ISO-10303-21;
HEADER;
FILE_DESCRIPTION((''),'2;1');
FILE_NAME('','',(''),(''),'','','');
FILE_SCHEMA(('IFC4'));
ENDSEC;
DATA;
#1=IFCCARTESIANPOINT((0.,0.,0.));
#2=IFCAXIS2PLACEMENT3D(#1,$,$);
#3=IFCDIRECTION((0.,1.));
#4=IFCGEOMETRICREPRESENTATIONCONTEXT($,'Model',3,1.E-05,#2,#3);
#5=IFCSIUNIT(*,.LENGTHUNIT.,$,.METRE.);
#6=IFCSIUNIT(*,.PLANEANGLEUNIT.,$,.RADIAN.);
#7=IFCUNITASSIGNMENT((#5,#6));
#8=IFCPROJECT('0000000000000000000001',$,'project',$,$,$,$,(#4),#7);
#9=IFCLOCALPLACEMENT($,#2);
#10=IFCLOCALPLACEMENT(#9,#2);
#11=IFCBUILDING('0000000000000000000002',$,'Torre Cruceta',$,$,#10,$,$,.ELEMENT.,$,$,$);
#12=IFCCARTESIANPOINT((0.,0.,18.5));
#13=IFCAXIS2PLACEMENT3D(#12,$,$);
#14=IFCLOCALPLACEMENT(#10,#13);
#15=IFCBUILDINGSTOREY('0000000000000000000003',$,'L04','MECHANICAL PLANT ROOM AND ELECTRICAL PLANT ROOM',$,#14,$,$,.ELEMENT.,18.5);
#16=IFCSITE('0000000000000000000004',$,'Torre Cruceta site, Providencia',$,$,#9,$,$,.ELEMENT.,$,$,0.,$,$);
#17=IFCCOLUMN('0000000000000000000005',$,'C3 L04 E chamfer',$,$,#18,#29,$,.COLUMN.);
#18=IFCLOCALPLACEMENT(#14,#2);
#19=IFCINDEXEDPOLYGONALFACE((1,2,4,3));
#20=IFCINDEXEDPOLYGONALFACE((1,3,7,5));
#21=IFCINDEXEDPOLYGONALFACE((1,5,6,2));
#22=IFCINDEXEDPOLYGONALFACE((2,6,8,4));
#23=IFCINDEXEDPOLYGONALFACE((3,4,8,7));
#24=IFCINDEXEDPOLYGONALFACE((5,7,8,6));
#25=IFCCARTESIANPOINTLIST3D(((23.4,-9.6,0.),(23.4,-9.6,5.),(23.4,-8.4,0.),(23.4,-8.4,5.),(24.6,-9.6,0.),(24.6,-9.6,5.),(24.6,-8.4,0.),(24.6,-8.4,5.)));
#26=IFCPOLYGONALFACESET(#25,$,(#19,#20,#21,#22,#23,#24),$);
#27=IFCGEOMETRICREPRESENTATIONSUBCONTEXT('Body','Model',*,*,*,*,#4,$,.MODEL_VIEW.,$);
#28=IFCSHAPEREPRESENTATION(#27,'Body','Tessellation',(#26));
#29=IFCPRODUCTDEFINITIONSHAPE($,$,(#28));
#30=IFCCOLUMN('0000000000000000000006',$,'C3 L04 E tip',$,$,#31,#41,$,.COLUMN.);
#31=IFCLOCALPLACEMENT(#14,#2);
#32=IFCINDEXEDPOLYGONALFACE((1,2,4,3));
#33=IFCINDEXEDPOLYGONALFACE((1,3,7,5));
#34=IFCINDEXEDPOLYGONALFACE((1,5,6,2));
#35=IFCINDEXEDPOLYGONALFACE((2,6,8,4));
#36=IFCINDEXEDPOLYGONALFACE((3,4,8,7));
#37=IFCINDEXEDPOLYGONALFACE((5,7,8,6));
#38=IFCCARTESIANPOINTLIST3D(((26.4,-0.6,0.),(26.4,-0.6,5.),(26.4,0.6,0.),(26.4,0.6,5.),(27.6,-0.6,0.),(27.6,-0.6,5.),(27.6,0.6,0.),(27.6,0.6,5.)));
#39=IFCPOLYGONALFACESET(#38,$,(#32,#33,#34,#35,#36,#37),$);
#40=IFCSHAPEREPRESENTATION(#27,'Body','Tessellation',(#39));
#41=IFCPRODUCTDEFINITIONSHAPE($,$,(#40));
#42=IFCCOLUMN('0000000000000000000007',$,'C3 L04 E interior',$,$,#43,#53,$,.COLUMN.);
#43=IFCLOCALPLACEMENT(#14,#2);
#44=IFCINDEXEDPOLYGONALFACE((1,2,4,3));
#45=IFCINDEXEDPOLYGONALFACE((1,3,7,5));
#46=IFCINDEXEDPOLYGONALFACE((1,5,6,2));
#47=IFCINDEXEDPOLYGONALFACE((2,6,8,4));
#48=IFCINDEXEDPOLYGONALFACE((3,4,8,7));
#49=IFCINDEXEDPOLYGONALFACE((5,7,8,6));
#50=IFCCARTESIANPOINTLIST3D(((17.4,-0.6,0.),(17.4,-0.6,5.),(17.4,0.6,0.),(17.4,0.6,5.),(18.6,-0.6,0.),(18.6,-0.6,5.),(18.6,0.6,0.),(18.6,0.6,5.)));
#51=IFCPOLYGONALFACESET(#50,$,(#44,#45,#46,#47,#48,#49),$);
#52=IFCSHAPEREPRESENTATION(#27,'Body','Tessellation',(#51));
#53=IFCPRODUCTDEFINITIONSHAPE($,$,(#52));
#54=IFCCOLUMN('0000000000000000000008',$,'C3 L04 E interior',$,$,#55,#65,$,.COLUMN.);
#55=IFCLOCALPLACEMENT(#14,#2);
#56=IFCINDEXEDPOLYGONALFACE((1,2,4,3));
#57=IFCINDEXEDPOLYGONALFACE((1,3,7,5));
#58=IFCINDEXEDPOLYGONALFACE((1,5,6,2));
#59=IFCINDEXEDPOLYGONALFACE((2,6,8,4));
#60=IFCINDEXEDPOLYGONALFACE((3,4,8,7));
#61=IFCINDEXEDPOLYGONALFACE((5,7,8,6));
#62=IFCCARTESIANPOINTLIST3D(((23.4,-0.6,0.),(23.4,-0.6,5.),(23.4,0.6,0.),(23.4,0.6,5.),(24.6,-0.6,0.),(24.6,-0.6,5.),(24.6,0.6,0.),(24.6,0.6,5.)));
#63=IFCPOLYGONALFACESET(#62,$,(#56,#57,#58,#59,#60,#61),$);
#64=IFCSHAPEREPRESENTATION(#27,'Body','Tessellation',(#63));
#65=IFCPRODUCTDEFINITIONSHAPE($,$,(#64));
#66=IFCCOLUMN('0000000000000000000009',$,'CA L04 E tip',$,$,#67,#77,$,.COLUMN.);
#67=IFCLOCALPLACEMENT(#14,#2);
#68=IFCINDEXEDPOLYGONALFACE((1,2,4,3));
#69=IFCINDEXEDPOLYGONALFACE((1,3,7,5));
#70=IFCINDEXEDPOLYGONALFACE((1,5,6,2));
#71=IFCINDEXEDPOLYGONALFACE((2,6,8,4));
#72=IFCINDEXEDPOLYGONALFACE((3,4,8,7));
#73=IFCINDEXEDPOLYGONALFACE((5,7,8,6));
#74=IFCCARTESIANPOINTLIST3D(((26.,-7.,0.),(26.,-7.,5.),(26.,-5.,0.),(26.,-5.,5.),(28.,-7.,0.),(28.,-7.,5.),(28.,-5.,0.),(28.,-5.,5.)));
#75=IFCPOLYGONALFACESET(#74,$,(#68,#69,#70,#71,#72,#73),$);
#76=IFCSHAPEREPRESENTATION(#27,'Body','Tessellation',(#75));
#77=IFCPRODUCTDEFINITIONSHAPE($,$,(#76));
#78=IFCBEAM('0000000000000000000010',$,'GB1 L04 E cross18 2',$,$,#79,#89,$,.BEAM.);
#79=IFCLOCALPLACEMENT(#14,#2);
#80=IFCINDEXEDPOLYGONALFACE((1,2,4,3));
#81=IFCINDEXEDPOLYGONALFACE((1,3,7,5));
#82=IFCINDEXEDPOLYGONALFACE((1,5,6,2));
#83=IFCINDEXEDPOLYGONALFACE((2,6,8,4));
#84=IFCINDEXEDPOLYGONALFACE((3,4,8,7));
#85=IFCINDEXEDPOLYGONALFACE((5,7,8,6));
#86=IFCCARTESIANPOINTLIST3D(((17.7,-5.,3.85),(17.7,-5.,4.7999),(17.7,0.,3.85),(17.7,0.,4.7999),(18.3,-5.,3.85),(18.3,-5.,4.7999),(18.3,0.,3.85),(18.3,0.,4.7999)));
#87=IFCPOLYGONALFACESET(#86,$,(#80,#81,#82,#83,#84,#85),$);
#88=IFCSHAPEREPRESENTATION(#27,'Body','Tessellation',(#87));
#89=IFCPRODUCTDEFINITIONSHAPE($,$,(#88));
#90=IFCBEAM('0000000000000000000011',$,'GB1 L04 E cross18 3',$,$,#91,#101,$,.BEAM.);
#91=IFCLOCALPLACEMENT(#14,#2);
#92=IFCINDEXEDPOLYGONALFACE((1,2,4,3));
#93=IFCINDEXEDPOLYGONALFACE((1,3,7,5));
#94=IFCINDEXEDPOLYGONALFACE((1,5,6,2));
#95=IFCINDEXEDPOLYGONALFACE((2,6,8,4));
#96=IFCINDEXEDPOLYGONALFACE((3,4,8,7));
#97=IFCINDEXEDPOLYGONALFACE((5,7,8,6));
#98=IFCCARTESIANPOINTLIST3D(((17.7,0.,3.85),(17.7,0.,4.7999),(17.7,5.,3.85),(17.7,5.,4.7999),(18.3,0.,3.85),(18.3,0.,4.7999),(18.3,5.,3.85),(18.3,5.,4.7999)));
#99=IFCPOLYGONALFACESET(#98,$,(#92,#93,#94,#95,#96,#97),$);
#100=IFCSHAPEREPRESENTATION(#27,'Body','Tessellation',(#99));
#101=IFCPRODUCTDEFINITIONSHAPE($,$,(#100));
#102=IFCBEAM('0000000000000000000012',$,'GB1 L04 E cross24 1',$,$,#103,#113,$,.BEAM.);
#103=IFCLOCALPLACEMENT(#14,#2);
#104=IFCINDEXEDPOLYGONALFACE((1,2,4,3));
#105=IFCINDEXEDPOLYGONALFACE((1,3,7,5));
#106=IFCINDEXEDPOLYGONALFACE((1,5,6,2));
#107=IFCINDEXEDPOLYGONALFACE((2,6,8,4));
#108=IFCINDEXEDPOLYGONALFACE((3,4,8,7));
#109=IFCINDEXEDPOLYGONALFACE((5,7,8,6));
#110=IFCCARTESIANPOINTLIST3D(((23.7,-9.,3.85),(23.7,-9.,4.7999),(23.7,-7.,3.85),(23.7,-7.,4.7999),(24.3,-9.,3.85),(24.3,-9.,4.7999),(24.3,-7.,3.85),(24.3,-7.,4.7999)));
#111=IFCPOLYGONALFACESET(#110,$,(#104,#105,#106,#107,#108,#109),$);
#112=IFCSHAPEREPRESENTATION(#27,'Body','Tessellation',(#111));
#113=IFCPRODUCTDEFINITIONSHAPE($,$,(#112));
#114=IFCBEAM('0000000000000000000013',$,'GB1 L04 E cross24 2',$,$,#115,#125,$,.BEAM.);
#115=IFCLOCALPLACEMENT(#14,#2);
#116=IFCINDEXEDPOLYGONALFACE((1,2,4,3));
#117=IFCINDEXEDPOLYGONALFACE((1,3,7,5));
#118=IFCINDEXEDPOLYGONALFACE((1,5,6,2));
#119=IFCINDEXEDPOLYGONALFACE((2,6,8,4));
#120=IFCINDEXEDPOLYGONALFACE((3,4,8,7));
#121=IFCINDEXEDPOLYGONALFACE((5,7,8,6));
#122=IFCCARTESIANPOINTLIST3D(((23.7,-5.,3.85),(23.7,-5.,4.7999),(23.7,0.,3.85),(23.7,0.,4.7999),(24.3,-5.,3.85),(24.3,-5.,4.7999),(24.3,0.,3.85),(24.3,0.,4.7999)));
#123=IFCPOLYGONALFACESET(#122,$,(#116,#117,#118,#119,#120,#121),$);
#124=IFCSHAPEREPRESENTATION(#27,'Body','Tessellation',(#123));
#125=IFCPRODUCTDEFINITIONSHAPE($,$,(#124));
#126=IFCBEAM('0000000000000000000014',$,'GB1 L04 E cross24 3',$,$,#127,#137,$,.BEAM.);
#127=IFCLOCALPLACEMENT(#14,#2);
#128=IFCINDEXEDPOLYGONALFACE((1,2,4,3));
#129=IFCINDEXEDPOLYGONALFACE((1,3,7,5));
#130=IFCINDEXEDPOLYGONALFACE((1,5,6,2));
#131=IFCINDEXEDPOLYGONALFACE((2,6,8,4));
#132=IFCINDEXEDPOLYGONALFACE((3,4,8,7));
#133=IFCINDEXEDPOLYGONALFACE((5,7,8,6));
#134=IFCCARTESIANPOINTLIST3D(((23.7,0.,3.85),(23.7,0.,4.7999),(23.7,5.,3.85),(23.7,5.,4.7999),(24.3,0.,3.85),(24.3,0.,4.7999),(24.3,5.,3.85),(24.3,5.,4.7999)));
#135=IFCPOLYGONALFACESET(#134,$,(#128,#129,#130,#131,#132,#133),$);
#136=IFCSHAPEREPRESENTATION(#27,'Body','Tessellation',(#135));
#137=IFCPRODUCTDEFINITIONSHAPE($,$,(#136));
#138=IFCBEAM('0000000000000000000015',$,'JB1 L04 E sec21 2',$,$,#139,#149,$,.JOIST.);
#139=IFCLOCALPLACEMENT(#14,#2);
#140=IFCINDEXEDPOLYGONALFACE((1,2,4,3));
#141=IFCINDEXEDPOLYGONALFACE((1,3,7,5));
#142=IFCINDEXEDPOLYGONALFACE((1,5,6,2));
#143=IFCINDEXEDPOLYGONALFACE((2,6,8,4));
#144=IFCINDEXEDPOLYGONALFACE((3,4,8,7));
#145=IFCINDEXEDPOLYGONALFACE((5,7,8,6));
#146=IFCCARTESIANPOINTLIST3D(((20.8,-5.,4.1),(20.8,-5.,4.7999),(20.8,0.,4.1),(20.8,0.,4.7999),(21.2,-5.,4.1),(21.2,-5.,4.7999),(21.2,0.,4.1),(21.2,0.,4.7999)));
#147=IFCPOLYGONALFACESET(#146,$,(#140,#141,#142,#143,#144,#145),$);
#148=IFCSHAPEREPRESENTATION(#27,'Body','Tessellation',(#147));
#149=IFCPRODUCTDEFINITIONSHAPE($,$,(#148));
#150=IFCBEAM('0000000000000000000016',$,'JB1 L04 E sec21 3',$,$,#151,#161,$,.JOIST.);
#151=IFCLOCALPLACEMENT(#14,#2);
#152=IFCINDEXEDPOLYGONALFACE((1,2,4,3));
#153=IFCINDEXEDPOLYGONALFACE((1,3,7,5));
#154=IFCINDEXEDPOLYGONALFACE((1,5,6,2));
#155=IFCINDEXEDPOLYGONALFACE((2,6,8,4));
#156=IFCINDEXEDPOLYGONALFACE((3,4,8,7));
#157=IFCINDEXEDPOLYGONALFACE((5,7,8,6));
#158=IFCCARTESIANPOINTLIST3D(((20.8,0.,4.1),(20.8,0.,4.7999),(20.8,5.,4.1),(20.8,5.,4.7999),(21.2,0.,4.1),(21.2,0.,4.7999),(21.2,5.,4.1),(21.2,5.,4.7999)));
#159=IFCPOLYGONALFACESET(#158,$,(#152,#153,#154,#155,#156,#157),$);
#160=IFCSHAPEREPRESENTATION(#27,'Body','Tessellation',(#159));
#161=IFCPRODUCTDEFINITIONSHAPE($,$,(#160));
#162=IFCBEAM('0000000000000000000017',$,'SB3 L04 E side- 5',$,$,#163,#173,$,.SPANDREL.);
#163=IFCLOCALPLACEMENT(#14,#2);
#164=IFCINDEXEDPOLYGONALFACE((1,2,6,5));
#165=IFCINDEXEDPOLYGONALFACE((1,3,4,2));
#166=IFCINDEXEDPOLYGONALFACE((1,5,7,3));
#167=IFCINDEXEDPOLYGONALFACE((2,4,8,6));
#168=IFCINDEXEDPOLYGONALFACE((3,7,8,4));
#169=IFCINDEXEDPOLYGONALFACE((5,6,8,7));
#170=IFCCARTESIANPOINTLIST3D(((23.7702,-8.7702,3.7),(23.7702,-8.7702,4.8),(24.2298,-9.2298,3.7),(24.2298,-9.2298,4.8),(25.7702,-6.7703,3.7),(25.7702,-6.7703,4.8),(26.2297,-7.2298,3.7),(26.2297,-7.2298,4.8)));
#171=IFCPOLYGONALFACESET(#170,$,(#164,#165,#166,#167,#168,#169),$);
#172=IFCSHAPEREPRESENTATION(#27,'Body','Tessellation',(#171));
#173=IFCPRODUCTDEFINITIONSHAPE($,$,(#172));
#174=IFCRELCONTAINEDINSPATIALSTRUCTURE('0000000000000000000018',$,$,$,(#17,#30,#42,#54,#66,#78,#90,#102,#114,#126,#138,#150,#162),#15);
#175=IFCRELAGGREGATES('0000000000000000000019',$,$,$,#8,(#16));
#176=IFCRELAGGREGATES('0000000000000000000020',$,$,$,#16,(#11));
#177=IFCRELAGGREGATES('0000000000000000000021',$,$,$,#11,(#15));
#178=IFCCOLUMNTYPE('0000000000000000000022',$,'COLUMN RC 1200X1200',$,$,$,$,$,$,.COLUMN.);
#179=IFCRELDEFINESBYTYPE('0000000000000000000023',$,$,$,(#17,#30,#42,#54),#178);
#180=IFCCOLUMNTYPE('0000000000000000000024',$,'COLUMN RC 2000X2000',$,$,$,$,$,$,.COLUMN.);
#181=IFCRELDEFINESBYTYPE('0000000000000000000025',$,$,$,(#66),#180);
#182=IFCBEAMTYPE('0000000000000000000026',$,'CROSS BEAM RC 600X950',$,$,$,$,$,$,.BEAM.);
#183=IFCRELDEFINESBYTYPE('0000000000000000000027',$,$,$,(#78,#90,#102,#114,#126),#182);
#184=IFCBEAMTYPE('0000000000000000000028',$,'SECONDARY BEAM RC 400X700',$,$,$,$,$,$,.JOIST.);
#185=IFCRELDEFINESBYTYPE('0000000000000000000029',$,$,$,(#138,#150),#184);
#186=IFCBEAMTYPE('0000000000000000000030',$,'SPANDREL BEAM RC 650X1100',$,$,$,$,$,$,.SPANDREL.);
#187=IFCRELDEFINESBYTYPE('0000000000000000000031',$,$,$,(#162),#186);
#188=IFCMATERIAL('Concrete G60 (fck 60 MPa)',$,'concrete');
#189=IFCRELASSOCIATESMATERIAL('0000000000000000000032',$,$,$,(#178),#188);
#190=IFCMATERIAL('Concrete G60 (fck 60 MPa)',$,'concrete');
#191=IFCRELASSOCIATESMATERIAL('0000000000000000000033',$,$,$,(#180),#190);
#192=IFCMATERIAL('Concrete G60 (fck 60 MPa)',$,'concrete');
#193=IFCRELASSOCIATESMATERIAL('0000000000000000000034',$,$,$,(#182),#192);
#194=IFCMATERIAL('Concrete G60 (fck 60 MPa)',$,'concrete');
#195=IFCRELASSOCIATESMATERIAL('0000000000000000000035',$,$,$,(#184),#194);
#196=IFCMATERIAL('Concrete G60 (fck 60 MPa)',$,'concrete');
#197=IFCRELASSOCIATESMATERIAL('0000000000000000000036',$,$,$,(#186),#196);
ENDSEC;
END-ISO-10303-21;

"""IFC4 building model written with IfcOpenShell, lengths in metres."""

from ifc_helpers import new_model, si_unit, direction, frame, origin, origin_2d, place, context, subcontext, project, spatial, rectangle, extrude, material, material_profile, profile_set, type_object, element, save


model = new_model("IFC4")

# Units and contexts
model_context = context("Model", 3, precision=1e-05, world=origin(), true_north=direction((0.0, 1.0)))
body_context = subcontext(model_context, "Body", "Model", "MODEL_VIEW")
ifc_project = project(units=[si_unit("LENGTHUNIT", "METRE"), si_unit("PLANEANGLEUNIT", "RADIAN")], contexts=[model_context])

# Site, building, storey
site_placement = place(None, origin())
site = spatial("IfcSite", under=ifc_project, at=site_placement, Name="Torre Cruceta site, Providencia", CompositionType="ELEMENT", RefElevation=0.0)
building_placement = place(site_placement, origin())
building = spatial("IfcBuilding", under=site, at=building_placement, Name="Torre Cruceta", CompositionType="ELEMENT")
storey_placement = place(building_placement, frame((0.0, 0.0, 18.5)))
storey = spatial("IfcBuildingStorey", under=building, at=storey_placement, Name="L04", Description="MECHANICAL PLANT ROOM AND ELECTRICAL PLANT ROOM", CompositionType="ELEMENT", Elevation=18.5)

# Columns
ifc_material_1 = material(Name="Concrete G60 (fck 60 MPa)", Category="concrete")
ifc_material_profile_1 = material_profile(ifc_material_1, rectangle(XDim=1.2, YDim=1.2, at=origin_2d()), Name="RC 1200X1200")
ifc_profile_set_1 = profile_set([ifc_material_profile_1], Name="Concrete G60 (fck 60 MPa)")
column_type_1 = type_object("IfcColumnType", Name="COLUMN RC 1200X1200", PredefinedType="COLUMN", material=ifc_profile_set_1)
for number, where, z_axis, x_axis, name in (
    (1, (24.0, -9.0, 0.0), (0.0, 0.0, 1.0), (1.0, 0.0, 0.0), "C3 L04 E chamfer"),
    (2, (27.0, 0.0, 0.0), (0.0, 0.0, 1.0), (1.0, 0.0, 0.0), "C3 L04 E tip"),
    (3, (18.0, 0.0, 0.0), (0.0, 0.0, 1.0), (1.0, 0.0, 0.0), "C3 L04 E interior"),
    (4, (24.0, 0.0, 0.0), (0.0, 0.0, 1.0), (1.0, 0.0, 0.0), "C3 L04 E interior"),
):
    element("IfcColumn", number, at=place(storey_placement, frame(where, z_axis=z_axis, x_axis=x_axis)), inside=storey, type_object=column_type_1, Name=name, PredefinedType="COLUMN", context=body_context, shape_type="SweptSolid", body=[
        extrude(rectangle(XDim=1.2, YDim=1.2, at=origin_2d()), origin(), (0.0, 0.0, 1.0), 5.0),
    ])
ifc_material_2 = material(Name="Concrete G60 (fck 60 MPa)", Category="concrete")
ifc_material_profile_2 = material_profile(ifc_material_2, rectangle(XDim=2.0, YDim=2.0, at=origin_2d()), Name="RC 2000X2000")
ifc_profile_set_2 = profile_set([ifc_material_profile_2], Name="Concrete G60 (fck 60 MPa)")
column_type_2 = type_object("IfcColumnType", Name="COLUMN RC 2000X2000", PredefinedType="COLUMN", material=ifc_profile_set_2)
column_placement = place(storey_placement, frame((27.0, -6.0, 0.0), z_axis=(0.0, 0.0, 1.0), x_axis=(1.0, 0.0, 0.0)))
element("IfcColumn", 5, at=column_placement, inside=storey, type_object=column_type_2, Name="CA L04 E tip", PredefinedType="COLUMN", context=body_context, shape_type="SweptSolid", body=[
    extrude(rectangle(XDim=2.0, YDim=2.0, at=origin_2d()), origin(), (0.0, 0.0, 1.0), 5.0),
])

# Beams
ifc_material_3 = material(Name="Concrete G60 (fck 60 MPa)", Category="concrete")
ifc_material_profile_3 = material_profile(ifc_material_3, rectangle(XDim=0.6001, YDim=0.95, at=origin_2d()), Name="RC 600X950")
ifc_profile_set_3 = profile_set([ifc_material_profile_3], Name="Concrete G60 (fck 60 MPa)")
beam_type_1 = type_object("IfcBeamType", Name="CROSS BEAM RC 600X950", PredefinedType="BEAM", material=ifc_profile_set_3)
for number, where, z_axis, x_axis, name in (
    (6, (18.0, -5.0, 4.325), (0.0, 1.0, 0.0), (-1.0, 0.0, 0.0), "GB1 L04 E cross18 2"),
    (7, (18.0, 0.0, 4.325), (0.0, 1.0, 0.0), (-1.0, 0.0, 0.0), "GB1 L04 E cross18 3"),
):
    element("IfcBeam", number, at=place(storey_placement, frame(where, z_axis=z_axis, x_axis=x_axis)), inside=storey, type_object=beam_type_1, Name=name, PredefinedType="BEAM", context=body_context, shape_type="SweptSolid", body=[
        extrude(rectangle(XDim=0.6001, YDim=0.95, at=origin_2d()), origin(), (0.0, 0.0, 1.0), 5.0),
    ])
beam_1_placement = place(storey_placement, frame((24.0, -9.0, 4.325), z_axis=(0.0, 1.0, 0.0), x_axis=(-1.0, 0.0, 0.0)))
element("IfcBeam", 8, at=beam_1_placement, inside=storey, type_object=beam_type_1, Name="GB1 L04 E cross24 1", PredefinedType="BEAM", context=body_context, shape_type="SweptSolid", body=[
    extrude(rectangle(XDim=0.6001, YDim=0.95, at=origin_2d()), origin(), (0.0, 0.0, 1.0), 2.0),
])
for number, where, z_axis, x_axis, name in (
    (9, (24.0, -5.0, 4.325), (0.0, 1.0, 0.0), (-1.0, 0.0, 0.0), "GB1 L04 E cross24 2"),
    (10, (24.0, 0.0, 4.325), (0.0, 1.0, 0.0), (-1.0, 0.0, 0.0), "GB1 L04 E cross24 3"),
):
    element("IfcBeam", number, at=place(storey_placement, frame(where, z_axis=z_axis, x_axis=x_axis)), inside=storey, type_object=beam_type_1, Name=name, PredefinedType="BEAM", context=body_context, shape_type="SweptSolid", body=[
        extrude(rectangle(XDim=0.6001, YDim=0.95, at=origin_2d()), origin(), (0.0, 0.0, 1.0), 5.0),
    ])
ifc_material_4 = material(Name="Concrete G60 (fck 60 MPa)", Category="concrete")
ifc_material_profile_4 = material_profile(ifc_material_4, rectangle(XDim=0.3999, YDim=0.7, at=origin_2d()), Name="RC 400X700")
ifc_profile_set_4 = profile_set([ifc_material_profile_4], Name="Concrete G60 (fck 60 MPa)")
beam_type_2 = type_object("IfcBeamType", Name="SECONDARY BEAM RC 400X700", PredefinedType="JOIST", material=ifc_profile_set_4)
for number, where, z_axis, x_axis, name in (
    (11, (21.0, -5.0, 4.45), (0.0, 1.0, 0.0), (-1.0, 0.0, 0.0), "JB1 L04 E sec21 2"),
    (12, (21.0, 0.0, 4.45), (0.0, 1.0, 0.0), (-1.0, 0.0, 0.0), "JB1 L04 E sec21 3"),
):
    element("IfcBeam", number, at=place(storey_placement, frame(where, z_axis=z_axis, x_axis=x_axis)), inside=storey, type_object=beam_type_2, Name=name, PredefinedType="JOIST", context=body_context, shape_type="SweptSolid", body=[
        extrude(rectangle(XDim=0.3999, YDim=0.7, at=origin_2d()), origin(), (0.0, 0.0, 1.0), 5.0),
    ])
ifc_material_5 = material(Name="Concrete G60 (fck 60 MPa)", Category="concrete")
ifc_material_profile_5 = material_profile(ifc_material_5, rectangle(XDim=0.6499, YDim=1.1001, at=origin_2d()), Name="RC 650X1100")
ifc_profile_set_5 = profile_set([ifc_material_profile_5], Name="Concrete G60 (fck 60 MPa)")
beam_type_3 = type_object("IfcBeamType", Name="SPANDREL BEAM RC 650X1100", PredefinedType="SPANDREL", material=ifc_profile_set_5)
beam_2_placement = place(storey_placement, frame((24.0, -9.0, 4.25), z_axis=(0.707107, 0.707107, 0.0), x_axis=(-0.707107, 0.707107, 0.0)))
element("IfcBeam", 13, at=beam_2_placement, inside=storey, type_object=beam_type_3, Name="SB3 L04 E side- 5", PredefinedType="SPANDREL", context=body_context, shape_type="SweptSolid", body=[
    extrude(rectangle(XDim=0.6499, YDim=1.1001, at=origin_2d()), origin(), (0.0, 0.0, 1.0), 2.8284),
])

save(model, "model.ifc")
